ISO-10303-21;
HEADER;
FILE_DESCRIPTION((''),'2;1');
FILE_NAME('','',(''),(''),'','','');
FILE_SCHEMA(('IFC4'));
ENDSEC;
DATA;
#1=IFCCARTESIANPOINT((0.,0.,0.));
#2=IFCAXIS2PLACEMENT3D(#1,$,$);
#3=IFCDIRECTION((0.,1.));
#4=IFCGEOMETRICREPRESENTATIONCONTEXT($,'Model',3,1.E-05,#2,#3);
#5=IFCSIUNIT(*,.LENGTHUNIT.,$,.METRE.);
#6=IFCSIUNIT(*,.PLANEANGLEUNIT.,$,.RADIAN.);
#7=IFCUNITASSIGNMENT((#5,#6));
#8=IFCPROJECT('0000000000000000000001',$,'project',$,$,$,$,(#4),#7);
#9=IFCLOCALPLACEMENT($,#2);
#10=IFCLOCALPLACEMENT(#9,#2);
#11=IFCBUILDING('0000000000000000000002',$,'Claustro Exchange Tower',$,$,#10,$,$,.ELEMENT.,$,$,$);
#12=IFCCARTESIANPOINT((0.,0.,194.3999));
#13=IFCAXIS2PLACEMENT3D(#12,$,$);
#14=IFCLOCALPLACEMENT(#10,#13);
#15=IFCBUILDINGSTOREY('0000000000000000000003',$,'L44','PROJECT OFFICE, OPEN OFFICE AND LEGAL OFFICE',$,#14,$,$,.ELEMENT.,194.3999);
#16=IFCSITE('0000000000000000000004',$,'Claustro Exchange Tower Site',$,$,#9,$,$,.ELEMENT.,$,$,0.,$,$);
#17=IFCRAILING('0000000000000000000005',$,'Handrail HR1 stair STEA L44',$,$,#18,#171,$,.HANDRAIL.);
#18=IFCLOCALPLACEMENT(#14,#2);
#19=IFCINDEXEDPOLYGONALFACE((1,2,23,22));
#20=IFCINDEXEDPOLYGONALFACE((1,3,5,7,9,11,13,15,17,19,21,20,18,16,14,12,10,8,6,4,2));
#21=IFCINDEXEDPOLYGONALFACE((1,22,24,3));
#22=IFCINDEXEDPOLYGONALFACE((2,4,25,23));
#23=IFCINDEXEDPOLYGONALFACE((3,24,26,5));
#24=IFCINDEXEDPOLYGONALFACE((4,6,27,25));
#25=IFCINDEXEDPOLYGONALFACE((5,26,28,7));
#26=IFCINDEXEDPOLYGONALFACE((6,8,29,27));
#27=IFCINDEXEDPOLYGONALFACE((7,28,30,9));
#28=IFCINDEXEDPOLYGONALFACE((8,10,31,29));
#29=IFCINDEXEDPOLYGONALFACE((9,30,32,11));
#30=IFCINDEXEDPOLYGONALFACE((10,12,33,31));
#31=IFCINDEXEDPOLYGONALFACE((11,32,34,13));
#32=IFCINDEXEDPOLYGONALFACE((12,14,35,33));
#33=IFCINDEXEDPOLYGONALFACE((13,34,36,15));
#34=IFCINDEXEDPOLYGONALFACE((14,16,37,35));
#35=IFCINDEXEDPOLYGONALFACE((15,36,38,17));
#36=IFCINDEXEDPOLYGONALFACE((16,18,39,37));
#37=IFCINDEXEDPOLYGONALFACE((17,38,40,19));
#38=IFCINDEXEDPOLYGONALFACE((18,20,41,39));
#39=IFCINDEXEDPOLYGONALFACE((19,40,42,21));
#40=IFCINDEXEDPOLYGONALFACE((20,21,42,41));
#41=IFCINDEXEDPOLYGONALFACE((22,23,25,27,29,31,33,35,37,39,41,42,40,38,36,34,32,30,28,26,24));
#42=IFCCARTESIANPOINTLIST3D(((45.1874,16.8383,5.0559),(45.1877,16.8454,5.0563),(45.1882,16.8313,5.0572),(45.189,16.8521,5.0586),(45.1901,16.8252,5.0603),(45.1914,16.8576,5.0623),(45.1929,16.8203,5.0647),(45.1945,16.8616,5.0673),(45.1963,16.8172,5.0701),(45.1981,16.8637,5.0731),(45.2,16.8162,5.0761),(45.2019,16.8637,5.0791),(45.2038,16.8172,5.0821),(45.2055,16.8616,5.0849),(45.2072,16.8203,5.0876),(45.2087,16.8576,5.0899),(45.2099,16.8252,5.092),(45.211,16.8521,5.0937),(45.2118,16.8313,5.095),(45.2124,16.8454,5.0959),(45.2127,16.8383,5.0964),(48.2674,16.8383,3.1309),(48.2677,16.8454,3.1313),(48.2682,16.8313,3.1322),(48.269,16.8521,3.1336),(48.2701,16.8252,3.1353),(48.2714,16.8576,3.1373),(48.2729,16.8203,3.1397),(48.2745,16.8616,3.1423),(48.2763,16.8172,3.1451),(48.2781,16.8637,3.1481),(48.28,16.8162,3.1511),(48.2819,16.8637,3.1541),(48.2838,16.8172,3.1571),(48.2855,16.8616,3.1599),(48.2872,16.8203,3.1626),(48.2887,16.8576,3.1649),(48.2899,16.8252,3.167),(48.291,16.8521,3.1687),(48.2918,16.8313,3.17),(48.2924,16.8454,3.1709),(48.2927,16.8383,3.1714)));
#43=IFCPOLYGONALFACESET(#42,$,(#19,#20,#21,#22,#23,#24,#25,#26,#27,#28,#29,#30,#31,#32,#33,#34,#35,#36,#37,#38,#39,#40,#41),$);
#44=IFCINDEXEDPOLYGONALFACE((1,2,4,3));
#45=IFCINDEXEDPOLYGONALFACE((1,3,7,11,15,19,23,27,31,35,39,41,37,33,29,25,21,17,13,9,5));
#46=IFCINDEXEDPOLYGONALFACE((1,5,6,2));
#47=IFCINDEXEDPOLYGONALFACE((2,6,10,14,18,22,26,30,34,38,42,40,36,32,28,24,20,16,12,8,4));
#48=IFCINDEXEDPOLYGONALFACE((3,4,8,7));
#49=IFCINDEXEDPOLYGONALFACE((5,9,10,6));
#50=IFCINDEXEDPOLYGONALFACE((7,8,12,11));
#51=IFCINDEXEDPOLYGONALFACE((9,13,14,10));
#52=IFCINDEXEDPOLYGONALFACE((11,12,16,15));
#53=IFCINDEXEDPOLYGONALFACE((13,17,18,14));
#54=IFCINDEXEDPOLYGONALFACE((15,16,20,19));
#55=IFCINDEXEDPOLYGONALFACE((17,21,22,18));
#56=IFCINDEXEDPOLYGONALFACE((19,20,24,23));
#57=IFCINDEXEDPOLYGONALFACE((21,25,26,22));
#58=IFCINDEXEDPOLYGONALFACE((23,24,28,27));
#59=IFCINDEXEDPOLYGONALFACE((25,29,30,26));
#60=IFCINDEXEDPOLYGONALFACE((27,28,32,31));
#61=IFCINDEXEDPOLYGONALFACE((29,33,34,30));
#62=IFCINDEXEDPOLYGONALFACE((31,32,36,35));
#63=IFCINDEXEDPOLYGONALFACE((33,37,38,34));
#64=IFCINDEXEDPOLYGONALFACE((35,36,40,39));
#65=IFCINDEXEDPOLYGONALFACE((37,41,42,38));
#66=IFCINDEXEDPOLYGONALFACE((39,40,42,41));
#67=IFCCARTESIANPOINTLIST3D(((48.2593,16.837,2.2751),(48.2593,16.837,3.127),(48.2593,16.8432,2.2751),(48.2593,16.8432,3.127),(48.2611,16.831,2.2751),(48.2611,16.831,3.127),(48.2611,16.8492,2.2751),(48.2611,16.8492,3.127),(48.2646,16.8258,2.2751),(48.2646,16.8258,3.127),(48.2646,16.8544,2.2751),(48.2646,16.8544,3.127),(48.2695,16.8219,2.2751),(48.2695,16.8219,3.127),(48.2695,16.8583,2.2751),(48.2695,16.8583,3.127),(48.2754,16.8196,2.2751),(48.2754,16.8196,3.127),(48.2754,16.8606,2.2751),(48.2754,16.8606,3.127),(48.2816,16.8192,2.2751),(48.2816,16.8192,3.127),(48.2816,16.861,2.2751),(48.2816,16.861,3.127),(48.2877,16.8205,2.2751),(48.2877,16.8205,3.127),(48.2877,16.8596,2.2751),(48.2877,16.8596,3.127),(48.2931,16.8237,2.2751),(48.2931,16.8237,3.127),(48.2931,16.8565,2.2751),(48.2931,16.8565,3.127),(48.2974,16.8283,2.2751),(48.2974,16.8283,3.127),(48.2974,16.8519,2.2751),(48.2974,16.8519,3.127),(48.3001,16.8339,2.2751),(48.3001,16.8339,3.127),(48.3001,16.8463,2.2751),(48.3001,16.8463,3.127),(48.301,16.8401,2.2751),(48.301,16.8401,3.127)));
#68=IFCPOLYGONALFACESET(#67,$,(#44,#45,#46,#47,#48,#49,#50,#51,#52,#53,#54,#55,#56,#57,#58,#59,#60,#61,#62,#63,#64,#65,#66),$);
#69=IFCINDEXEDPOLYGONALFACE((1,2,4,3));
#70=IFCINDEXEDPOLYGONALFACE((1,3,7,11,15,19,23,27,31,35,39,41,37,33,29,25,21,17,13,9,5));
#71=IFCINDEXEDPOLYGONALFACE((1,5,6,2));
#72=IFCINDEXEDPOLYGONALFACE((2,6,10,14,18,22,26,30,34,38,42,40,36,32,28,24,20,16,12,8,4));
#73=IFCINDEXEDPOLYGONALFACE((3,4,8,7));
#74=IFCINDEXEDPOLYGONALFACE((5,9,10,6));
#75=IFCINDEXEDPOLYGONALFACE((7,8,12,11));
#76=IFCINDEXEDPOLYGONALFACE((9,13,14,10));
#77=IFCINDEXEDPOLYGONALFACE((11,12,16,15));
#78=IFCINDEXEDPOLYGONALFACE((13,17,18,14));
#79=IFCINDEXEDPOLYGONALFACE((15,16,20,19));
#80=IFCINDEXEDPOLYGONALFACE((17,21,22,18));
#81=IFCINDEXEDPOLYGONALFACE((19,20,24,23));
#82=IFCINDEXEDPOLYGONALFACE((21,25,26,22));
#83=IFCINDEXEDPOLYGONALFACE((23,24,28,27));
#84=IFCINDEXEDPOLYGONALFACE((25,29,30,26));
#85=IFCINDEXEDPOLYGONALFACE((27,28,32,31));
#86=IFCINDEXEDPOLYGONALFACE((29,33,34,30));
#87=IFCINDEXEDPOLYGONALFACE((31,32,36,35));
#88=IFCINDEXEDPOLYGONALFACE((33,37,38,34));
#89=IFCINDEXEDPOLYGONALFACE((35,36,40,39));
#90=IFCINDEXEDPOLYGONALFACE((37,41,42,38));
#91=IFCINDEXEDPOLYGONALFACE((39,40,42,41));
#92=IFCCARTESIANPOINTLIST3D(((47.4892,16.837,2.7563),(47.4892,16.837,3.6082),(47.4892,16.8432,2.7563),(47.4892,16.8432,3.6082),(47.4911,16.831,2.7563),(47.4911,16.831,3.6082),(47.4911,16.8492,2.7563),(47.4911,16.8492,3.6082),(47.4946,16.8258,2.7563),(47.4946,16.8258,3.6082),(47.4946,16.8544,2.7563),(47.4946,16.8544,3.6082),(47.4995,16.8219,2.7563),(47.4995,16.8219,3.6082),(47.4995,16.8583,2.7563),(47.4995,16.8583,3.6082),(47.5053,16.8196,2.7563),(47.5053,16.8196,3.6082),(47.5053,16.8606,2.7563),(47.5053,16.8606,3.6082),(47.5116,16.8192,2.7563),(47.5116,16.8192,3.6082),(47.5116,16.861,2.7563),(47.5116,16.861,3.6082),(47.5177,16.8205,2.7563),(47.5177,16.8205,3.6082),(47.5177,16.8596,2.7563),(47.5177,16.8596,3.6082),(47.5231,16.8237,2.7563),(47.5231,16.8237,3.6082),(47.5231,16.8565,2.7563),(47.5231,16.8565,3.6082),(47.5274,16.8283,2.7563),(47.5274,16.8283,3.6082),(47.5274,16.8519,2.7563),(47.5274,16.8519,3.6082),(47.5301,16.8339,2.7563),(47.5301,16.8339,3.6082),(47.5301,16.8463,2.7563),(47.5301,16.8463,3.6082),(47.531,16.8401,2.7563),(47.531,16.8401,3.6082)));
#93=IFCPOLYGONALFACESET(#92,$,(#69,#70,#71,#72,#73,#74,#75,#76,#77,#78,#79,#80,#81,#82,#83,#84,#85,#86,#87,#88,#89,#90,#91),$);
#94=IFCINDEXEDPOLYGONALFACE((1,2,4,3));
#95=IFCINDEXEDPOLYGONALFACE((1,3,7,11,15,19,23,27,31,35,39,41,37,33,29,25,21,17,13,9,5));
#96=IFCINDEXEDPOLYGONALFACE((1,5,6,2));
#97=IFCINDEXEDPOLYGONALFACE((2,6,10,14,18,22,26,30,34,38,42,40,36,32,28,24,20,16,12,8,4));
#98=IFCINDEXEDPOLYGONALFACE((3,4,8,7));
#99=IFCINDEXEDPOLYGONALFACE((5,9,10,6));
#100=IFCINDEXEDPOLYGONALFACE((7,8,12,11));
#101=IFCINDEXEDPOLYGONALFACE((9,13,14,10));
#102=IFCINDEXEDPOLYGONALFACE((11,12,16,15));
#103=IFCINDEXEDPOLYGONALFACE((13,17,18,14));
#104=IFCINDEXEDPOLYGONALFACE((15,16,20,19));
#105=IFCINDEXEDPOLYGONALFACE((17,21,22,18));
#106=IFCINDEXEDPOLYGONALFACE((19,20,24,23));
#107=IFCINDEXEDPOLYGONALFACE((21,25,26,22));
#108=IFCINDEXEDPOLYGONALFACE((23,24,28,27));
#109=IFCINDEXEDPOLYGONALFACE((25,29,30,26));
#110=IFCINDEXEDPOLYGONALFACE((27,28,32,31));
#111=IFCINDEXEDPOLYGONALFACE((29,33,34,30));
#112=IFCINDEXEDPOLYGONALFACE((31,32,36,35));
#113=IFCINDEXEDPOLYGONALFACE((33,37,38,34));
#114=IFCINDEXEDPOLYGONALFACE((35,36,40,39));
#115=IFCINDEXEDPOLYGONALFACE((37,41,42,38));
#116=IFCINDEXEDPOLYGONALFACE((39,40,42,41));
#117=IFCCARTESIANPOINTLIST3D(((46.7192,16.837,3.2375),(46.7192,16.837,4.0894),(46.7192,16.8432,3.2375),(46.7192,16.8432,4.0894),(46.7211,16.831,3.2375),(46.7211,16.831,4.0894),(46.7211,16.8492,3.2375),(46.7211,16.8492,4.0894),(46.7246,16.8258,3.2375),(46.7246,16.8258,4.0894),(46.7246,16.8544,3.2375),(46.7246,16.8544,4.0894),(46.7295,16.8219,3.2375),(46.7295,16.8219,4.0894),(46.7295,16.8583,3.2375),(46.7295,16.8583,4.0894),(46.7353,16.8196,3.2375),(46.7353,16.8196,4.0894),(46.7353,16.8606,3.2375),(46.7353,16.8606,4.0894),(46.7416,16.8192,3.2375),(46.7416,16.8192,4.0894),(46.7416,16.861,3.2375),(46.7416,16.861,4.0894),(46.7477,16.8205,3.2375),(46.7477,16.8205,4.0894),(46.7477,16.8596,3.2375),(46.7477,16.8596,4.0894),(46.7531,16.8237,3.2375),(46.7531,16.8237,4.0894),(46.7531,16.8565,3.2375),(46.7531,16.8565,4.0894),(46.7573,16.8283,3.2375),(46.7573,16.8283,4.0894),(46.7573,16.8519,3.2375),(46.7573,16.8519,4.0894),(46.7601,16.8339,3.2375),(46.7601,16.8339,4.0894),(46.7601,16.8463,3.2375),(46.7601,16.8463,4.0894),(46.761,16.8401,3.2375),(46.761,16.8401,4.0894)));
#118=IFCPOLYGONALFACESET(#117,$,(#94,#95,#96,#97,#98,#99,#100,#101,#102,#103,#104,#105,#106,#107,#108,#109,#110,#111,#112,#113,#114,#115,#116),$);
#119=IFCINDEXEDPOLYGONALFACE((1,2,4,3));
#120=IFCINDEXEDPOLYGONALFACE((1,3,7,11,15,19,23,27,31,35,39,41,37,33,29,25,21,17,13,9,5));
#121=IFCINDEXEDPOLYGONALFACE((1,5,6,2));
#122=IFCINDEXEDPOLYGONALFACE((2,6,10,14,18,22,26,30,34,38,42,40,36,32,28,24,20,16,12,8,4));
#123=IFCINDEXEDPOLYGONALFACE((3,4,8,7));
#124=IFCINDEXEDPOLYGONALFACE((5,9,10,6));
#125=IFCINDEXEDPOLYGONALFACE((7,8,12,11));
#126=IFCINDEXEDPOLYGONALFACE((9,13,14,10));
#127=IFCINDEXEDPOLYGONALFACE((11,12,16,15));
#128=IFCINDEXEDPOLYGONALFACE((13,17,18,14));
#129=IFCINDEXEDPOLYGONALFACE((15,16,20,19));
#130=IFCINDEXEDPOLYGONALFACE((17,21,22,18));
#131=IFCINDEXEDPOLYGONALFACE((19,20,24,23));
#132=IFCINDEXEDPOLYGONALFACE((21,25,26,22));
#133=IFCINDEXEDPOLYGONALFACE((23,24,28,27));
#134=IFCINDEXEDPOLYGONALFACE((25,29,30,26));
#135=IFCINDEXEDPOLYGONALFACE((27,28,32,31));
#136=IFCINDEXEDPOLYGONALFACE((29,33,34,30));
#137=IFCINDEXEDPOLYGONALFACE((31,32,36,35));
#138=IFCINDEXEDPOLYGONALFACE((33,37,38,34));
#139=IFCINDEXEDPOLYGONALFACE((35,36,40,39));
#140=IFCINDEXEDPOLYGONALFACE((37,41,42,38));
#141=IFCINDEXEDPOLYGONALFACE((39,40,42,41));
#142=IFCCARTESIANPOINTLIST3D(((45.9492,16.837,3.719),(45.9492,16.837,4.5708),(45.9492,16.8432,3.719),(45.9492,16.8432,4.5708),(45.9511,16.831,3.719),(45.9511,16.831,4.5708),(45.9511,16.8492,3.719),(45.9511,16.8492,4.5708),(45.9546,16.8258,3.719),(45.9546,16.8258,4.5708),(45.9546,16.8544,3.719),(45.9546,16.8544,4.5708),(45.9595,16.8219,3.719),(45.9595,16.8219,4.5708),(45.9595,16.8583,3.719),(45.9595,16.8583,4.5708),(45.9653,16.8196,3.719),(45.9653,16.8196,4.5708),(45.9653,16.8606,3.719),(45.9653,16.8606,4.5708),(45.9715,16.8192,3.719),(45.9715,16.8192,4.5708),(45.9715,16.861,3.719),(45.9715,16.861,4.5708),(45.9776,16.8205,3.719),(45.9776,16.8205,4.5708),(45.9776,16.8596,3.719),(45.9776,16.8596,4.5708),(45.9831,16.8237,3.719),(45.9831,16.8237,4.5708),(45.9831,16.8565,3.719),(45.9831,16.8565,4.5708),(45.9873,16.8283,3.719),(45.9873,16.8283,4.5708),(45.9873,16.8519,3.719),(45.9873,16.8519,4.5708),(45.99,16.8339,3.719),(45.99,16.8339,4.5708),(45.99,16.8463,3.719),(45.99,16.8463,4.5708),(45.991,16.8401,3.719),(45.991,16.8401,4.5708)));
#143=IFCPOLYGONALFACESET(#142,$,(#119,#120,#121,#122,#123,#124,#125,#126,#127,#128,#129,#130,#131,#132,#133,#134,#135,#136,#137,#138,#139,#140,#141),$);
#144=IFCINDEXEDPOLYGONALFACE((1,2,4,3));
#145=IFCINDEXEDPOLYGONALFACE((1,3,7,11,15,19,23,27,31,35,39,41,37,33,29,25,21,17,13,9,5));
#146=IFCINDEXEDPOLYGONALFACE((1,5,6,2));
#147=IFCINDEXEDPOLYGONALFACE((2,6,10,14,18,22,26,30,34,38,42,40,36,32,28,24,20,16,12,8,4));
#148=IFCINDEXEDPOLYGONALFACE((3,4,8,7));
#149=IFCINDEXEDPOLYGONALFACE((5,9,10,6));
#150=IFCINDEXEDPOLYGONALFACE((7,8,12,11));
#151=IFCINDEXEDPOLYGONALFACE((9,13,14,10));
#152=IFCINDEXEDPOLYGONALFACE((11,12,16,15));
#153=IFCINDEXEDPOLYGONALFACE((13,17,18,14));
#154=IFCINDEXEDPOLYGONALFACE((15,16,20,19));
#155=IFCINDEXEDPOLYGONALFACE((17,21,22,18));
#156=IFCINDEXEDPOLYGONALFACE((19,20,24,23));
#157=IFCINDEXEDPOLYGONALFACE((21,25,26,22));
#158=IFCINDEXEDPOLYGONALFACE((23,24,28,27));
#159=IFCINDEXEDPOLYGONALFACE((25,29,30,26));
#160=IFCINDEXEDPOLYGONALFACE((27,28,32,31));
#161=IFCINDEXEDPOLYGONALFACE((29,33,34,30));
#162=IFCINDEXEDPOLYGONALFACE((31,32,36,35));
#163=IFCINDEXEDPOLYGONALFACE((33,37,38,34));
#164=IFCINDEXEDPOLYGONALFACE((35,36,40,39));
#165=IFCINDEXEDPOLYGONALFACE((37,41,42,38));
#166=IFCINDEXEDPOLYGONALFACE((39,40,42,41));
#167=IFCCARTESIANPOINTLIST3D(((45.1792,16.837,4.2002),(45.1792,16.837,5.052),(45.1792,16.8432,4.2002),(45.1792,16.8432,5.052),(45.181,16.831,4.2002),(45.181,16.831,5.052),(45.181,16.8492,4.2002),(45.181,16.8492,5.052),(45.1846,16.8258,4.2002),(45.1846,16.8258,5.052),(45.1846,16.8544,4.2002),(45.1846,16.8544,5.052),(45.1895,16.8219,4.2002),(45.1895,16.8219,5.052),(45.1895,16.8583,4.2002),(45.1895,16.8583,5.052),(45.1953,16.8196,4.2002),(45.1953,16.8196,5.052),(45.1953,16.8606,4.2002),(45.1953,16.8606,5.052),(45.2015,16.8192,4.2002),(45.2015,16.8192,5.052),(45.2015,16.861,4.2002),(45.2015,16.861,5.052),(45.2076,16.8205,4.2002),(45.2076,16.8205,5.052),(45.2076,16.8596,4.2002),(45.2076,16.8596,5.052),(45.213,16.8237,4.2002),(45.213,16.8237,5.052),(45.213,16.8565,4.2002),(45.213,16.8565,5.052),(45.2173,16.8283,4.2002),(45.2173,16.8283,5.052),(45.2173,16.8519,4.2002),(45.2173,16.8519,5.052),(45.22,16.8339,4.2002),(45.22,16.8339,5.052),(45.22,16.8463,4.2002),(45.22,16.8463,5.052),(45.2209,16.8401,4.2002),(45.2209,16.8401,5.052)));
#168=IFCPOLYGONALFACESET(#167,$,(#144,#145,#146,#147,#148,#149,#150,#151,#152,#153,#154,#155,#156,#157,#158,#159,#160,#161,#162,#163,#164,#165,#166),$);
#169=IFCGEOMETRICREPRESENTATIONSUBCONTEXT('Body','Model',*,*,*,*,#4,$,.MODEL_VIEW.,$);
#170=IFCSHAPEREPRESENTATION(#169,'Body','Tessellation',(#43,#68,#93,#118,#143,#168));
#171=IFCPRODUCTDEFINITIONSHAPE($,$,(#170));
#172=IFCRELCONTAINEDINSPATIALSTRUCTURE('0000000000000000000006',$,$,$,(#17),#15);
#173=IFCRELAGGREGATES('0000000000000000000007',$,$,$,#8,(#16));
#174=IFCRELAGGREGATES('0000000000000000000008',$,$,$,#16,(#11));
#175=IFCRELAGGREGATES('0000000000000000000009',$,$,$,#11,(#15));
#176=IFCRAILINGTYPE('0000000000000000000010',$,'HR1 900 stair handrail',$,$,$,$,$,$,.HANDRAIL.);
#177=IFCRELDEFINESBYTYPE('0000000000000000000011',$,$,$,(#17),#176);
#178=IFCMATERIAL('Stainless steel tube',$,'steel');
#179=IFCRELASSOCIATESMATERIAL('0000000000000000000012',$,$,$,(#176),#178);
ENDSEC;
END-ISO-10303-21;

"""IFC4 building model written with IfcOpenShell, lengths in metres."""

from ifc_helpers import new_model, si_unit, direction, frame, origin, origin_2d, place, context, subcontext, project, spatial, circle, extrude, material, type_object, element, save


model = new_model("IFC4")

# Units and contexts
model_context = context("Model", 3, precision=1e-05, world=origin(), true_north=direction((0.0, 1.0)))
body_context = subcontext(model_context, "Body", "Model", "MODEL_VIEW")
ifc_project = project(units=[si_unit("LENGTHUNIT", "METRE"), si_unit("PLANEANGLEUNIT", "RADIAN")], contexts=[model_context])

# Site, building, storey
site_placement = place(None, origin())
site = spatial("IfcSite", under=ifc_project, at=site_placement, Name="Claustro Exchange Tower Site", CompositionType="ELEMENT", RefElevation=0.0)
building_placement = place(site_placement, origin())
building = spatial("IfcBuilding", under=site, at=building_placement, Name="Claustro Exchange Tower", CompositionType="ELEMENT")
storey_placement = place(building_placement, frame((0.0, 0.0, 194.3999)))
storey = spatial("IfcBuildingStorey", under=building, at=storey_placement, Name="L44", Description="PROJECT OFFICE, OPEN OFFICE AND LEGAL OFFICE", CompositionType="ELEMENT", Elevation=194.3999)

# Railing
ifc_material_1 = material(Name="Stainless steel tube", Category="steel")
railing_type_1 = type_object("IfcRailingType", Name="HR1 900 stair handrail", PredefinedType="HANDRAIL", material=ifc_material_1)
railing_1_placement = place(storey_placement, frame((48.28, 16.8401, 2.2751)))
element("IfcRailing", 1, at=railing_1_placement, inside=storey, type_object=railing_type_1, Name="Handrail HR1 stair STEA L44", PredefinedType="HANDRAIL", context=body_context, shape_type="SweptSolid", body=[
    extrude(circle(Radius=0.0239, at=origin_2d()), frame((0.0, 0.0, 0.876), z_axis=(-0.847998, 0.0, 0.529999), x_axis=(0.0, -1.0, 0.0)), (0.0, 0.0, 1.0), 3.6321),
    extrude(circle(Radius=0.021, at=origin_2d()), origin(), (0.0, 0.0, 1.0), 0.8518),
    extrude(circle(Radius=0.021, at=origin_2d()), frame((-0.77, 0.0, 0.4812)), (0.0, 0.0, 1.0), 0.8518),
    extrude(circle(Radius=0.021, at=origin_2d()), frame((-1.54, 0.0, 0.9624)), (0.0, 0.0, 1.0), 0.8518),
    extrude(circle(Radius=0.021, at=origin_2d()), frame((-2.3101, 0.0, 1.4438)), (0.0, 0.0, 1.0), 0.8518),
    extrude(circle(Radius=0.021, at=origin_2d()), frame((-3.0801, 0.0, 1.925)), (0.0, 0.0, 1.0), 0.8518),
])

save(model, "model.ifc")
